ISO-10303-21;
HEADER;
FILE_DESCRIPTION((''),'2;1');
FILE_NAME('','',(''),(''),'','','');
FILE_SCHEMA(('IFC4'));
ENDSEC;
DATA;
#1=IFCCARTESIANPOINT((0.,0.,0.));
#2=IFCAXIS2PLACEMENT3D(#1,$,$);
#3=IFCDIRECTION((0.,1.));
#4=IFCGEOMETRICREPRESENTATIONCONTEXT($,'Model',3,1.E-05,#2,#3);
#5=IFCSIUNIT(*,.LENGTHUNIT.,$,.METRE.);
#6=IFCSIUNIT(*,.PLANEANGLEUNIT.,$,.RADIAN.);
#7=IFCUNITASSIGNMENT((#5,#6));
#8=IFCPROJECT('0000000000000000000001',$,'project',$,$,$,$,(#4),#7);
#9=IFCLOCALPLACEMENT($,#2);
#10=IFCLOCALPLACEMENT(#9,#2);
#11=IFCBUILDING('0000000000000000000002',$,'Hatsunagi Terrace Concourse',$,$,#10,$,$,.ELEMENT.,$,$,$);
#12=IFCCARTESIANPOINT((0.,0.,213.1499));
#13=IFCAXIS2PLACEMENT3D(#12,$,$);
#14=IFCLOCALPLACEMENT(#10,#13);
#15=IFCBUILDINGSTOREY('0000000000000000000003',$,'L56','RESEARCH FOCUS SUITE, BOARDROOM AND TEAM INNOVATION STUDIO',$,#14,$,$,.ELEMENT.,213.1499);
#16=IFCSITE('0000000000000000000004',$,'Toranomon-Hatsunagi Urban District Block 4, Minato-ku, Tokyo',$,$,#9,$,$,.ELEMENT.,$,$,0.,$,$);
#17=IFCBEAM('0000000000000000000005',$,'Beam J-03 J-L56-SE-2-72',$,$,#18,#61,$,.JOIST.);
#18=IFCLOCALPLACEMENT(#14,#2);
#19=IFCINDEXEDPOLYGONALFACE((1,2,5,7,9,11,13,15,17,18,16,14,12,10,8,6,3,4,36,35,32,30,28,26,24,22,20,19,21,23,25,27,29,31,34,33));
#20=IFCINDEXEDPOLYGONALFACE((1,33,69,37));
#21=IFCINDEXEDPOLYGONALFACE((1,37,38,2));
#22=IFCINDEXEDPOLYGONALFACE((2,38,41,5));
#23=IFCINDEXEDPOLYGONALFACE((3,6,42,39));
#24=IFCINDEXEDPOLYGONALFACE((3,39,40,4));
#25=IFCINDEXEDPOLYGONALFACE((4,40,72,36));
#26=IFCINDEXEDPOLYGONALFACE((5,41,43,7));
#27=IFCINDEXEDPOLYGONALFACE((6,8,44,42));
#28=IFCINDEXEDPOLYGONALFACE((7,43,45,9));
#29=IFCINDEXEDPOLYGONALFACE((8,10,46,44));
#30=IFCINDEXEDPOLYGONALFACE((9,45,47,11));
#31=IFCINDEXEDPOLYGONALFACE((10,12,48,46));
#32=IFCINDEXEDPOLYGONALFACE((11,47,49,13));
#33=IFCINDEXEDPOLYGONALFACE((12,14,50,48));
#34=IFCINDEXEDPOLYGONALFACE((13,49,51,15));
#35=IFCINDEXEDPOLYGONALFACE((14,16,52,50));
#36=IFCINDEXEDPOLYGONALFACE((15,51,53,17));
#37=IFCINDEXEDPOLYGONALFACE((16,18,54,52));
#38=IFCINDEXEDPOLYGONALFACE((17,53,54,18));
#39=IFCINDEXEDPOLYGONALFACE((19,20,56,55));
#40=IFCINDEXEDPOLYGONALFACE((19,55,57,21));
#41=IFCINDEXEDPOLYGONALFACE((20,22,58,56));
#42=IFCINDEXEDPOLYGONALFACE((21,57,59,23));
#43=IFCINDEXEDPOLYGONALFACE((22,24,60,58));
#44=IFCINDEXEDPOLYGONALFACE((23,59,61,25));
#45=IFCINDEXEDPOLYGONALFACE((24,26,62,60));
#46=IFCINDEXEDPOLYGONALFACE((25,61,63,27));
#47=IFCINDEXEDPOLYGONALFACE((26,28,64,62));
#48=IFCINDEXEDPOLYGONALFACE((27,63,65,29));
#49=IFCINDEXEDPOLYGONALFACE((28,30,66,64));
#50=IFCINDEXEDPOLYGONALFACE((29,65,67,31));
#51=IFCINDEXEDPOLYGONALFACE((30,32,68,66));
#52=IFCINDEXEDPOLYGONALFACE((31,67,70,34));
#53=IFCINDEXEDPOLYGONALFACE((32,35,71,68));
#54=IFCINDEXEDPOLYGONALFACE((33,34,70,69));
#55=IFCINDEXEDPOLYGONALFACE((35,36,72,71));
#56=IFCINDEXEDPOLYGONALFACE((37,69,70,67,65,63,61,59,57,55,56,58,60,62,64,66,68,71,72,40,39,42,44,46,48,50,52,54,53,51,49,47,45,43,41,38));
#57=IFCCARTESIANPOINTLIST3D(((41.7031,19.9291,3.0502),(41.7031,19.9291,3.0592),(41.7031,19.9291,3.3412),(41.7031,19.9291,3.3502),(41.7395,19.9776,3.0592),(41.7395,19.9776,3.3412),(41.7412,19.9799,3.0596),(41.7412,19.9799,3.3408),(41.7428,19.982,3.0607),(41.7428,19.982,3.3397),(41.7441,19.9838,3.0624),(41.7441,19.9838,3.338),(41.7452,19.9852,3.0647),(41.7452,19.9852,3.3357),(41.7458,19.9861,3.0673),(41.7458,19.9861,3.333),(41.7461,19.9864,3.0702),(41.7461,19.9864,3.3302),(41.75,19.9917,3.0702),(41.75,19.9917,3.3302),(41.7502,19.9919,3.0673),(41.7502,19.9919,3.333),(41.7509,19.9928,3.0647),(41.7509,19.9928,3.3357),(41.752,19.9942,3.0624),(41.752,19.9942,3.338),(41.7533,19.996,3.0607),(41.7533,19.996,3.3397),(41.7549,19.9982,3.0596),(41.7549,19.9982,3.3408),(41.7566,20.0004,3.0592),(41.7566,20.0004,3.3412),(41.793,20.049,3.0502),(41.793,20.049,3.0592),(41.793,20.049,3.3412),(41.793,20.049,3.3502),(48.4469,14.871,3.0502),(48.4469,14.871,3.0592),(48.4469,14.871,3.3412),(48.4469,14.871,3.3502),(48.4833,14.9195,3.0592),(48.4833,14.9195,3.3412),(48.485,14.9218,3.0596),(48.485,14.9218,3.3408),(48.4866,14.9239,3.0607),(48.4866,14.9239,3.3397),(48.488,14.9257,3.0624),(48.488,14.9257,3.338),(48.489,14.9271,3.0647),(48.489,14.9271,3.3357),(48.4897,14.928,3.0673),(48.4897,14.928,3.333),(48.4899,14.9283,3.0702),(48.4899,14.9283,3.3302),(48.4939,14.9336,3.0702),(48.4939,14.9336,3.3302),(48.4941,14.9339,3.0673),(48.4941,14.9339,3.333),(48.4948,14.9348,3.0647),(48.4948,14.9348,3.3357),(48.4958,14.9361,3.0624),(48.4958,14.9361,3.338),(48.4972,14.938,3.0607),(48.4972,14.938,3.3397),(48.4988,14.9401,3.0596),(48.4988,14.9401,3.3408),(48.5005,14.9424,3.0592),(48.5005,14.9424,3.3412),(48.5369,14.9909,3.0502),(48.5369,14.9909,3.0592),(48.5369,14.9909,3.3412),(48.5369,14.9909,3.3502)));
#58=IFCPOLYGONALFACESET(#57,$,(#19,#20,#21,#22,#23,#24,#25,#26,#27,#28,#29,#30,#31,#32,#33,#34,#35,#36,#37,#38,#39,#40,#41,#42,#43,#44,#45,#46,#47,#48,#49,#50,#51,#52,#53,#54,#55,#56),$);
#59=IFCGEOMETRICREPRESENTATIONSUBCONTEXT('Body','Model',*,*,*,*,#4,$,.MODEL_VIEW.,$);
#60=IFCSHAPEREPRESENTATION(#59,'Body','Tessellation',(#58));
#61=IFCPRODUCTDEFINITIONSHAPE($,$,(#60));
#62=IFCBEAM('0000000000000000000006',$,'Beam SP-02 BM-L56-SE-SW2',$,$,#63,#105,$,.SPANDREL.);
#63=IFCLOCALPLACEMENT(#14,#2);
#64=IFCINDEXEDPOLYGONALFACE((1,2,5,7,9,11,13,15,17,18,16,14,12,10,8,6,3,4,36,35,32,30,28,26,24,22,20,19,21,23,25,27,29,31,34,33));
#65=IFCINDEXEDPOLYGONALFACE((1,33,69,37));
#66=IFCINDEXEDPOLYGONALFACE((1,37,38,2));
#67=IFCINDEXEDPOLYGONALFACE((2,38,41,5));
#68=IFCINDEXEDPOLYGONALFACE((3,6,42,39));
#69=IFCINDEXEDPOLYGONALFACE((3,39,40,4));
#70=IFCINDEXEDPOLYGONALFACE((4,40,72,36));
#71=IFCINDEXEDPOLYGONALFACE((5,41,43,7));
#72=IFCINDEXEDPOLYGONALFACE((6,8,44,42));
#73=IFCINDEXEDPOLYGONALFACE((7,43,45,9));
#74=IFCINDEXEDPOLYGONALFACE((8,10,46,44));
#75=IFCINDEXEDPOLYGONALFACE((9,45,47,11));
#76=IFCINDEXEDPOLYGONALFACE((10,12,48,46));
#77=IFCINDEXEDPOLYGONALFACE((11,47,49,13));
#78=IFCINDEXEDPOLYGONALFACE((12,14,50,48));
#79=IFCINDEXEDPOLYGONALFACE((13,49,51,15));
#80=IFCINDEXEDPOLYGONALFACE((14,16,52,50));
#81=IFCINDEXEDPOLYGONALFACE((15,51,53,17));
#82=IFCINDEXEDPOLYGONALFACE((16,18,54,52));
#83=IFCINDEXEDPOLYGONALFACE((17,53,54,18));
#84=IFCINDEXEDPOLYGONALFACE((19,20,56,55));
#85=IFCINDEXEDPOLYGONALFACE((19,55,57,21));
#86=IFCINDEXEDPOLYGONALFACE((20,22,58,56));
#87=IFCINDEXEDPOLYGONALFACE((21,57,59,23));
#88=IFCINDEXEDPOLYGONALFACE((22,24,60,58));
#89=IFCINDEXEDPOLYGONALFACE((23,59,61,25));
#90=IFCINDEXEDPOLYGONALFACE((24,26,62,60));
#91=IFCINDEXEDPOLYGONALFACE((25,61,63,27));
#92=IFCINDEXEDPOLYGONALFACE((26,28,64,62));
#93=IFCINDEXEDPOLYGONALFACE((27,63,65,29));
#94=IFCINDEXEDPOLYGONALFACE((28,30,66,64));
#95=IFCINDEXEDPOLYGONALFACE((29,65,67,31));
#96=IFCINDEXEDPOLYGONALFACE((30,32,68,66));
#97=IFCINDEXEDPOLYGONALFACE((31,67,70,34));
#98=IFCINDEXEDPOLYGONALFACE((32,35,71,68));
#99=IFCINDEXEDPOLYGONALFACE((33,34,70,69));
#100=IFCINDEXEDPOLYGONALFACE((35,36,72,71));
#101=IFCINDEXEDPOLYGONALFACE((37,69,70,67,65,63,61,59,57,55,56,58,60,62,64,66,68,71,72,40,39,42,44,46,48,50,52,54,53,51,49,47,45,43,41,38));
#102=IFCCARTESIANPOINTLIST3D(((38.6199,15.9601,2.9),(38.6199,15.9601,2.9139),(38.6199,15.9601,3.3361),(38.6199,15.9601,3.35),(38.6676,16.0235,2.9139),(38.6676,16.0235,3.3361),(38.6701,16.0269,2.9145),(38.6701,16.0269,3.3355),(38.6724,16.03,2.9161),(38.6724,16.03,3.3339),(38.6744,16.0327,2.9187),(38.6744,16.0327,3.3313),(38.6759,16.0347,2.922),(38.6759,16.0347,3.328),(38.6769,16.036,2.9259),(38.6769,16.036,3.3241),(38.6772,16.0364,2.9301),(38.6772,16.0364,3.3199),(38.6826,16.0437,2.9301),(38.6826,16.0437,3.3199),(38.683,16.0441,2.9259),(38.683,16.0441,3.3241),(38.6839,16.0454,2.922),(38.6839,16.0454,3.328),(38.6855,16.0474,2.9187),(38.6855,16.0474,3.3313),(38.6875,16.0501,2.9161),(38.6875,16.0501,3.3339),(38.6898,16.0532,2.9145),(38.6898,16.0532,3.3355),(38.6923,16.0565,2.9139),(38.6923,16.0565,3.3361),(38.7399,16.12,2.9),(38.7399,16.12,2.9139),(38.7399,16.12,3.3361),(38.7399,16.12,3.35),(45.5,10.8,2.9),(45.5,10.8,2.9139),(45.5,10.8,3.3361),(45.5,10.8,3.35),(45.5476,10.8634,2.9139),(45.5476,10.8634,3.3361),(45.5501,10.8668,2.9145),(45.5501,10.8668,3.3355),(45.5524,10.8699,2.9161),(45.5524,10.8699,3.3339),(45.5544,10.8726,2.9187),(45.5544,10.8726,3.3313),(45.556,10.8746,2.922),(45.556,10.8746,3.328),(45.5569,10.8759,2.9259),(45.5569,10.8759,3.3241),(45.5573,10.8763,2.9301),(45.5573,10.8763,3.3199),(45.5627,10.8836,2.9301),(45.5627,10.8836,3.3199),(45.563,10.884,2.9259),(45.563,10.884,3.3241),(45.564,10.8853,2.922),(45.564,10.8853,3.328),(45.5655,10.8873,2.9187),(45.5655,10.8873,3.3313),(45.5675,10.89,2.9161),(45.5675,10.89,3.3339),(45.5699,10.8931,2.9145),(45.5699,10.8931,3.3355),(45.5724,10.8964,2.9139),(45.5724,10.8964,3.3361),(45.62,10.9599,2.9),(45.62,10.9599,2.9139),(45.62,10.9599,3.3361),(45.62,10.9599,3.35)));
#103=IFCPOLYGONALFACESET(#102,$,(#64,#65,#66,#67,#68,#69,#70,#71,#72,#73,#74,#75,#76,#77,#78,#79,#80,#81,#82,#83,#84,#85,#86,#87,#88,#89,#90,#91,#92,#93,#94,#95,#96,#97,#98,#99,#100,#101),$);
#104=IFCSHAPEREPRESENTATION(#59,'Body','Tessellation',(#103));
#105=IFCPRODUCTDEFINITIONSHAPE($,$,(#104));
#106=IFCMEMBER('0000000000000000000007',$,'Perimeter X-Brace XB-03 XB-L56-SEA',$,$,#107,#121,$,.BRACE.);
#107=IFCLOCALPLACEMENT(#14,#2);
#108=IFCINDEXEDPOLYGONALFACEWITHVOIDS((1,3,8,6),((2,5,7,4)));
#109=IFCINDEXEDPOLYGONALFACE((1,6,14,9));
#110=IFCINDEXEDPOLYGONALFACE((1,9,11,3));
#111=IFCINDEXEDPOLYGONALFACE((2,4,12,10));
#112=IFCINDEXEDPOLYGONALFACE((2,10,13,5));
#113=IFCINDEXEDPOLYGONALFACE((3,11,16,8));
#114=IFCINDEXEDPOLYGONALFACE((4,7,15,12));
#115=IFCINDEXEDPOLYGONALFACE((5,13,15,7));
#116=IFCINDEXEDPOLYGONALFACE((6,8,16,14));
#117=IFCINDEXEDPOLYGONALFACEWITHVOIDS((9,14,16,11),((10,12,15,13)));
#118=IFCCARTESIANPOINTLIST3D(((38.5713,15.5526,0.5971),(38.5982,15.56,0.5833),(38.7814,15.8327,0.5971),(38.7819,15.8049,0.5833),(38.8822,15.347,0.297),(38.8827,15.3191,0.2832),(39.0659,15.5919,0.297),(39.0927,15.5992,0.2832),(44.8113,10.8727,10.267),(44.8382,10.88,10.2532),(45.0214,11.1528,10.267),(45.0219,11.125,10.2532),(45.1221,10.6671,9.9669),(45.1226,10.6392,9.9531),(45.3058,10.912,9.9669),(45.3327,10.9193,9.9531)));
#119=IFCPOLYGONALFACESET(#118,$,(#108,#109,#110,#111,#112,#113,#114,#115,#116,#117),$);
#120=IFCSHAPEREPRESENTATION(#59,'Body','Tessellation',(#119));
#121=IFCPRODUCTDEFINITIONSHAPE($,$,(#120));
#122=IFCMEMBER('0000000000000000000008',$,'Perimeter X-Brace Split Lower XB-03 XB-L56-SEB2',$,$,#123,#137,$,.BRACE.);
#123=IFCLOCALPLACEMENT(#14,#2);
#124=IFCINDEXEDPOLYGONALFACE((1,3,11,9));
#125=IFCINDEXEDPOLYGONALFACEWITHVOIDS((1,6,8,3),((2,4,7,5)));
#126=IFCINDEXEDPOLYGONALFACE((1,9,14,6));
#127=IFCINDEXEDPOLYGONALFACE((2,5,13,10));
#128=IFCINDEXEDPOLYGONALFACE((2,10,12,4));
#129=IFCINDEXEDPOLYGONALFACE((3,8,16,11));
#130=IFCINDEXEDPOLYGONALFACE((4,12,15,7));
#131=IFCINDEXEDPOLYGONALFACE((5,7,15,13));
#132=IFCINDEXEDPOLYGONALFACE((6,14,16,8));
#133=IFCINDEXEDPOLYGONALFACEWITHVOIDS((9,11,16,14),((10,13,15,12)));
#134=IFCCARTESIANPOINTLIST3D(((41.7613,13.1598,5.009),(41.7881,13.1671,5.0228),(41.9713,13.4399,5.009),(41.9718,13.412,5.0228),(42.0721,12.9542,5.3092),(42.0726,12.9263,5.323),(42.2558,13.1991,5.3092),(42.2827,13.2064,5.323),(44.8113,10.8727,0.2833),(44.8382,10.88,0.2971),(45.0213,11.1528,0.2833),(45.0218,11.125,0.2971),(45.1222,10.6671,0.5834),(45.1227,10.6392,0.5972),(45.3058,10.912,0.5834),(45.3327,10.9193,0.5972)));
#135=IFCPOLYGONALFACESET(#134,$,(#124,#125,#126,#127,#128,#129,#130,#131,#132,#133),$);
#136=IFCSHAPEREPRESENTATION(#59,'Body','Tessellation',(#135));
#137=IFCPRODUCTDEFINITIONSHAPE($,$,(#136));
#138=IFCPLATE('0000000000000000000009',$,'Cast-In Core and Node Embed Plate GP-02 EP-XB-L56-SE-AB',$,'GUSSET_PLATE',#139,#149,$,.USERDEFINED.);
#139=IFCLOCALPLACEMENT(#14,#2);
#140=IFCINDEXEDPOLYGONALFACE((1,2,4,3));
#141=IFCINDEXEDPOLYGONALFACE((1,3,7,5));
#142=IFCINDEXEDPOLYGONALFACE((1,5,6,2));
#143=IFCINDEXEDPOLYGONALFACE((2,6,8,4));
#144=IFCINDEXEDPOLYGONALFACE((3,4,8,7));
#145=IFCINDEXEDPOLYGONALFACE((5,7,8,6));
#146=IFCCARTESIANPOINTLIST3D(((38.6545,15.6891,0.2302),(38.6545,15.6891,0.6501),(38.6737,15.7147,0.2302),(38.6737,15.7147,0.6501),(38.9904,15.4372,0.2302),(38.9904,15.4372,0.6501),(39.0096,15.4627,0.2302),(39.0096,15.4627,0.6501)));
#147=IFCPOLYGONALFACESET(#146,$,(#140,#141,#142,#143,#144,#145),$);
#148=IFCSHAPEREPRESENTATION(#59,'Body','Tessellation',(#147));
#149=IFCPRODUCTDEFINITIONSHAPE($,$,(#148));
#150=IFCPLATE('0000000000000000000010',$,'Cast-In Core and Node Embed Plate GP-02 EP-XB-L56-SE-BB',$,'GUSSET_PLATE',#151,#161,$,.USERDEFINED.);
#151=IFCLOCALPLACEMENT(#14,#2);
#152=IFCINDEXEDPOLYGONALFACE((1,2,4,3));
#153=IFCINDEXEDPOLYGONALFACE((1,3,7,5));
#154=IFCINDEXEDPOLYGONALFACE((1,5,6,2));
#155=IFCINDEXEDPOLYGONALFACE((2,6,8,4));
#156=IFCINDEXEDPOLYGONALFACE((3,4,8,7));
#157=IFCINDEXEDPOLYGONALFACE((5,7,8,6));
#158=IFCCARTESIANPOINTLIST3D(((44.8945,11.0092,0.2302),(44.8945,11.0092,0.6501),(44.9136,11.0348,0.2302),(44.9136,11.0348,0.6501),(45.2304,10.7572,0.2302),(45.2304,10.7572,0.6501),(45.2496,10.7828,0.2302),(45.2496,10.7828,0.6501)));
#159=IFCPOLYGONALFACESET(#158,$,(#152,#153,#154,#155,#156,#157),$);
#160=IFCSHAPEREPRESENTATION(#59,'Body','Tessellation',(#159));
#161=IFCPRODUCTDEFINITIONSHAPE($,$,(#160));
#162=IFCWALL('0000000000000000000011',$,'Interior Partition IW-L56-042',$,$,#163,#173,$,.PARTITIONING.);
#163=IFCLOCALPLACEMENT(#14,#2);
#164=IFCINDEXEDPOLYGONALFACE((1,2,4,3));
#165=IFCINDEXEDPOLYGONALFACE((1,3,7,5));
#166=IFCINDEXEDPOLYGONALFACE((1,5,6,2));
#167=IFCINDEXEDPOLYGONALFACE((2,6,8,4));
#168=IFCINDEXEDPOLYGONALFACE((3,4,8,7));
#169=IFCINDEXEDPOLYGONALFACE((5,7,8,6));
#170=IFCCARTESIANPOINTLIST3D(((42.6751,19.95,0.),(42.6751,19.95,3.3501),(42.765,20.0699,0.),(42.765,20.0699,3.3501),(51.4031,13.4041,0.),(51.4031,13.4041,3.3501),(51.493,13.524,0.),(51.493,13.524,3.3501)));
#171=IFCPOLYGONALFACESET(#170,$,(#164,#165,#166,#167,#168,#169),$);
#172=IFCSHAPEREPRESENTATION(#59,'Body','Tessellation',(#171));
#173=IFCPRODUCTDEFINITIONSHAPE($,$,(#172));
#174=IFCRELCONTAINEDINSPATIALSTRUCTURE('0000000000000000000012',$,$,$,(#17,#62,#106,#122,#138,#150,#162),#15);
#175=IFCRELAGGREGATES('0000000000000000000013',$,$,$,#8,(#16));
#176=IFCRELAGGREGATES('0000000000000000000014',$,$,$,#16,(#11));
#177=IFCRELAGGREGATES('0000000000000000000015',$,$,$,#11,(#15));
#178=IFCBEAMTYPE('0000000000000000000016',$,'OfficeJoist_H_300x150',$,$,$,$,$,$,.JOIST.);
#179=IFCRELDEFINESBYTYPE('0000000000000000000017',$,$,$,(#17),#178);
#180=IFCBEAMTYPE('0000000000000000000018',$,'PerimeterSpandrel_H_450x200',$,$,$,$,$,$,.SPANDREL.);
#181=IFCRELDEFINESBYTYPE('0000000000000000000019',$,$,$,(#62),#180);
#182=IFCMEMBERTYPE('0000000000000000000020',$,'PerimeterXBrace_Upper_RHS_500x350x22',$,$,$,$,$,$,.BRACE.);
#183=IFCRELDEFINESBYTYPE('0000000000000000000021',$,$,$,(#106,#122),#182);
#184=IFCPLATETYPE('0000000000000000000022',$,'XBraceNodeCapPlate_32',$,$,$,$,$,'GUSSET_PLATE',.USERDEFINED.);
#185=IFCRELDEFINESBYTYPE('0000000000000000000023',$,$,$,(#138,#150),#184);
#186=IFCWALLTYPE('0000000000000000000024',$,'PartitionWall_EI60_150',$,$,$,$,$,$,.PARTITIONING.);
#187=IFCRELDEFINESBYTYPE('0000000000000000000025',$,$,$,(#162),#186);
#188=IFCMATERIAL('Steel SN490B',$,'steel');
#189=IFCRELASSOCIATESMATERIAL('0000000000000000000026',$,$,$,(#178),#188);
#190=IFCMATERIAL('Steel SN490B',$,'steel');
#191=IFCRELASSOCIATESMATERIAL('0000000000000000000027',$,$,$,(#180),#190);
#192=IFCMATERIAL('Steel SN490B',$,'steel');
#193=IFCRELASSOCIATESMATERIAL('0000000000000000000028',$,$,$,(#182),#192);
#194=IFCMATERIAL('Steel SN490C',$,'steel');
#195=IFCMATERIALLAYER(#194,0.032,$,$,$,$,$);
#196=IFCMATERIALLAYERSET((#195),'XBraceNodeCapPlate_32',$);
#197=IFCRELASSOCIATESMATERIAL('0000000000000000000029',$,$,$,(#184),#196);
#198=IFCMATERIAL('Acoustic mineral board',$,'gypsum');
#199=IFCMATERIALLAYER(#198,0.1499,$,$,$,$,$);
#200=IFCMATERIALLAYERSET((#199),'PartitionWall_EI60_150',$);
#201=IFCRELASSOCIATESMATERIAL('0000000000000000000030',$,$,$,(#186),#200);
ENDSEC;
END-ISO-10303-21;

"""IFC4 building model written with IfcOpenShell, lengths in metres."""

from ifc_helpers import new_model, si_unit, direction, frame, frame_2d, origin, origin_2d, place, context, subcontext, project, spatial, rectangle, hollow_rectangle, i_section, extrude, material, layer, layer_set, material_profile, profile_set, type_object, element, save


model = new_model("IFC4")

# Units and contexts
model_context = context("Model", 3, precision=1e-05, world=origin(), true_north=direction((0.0, 1.0)))
body_context = subcontext(model_context, "Body", "Model", "MODEL_VIEW")
ifc_project = project(units=[si_unit("LENGTHUNIT", "METRE"), si_unit("PLANEANGLEUNIT", "RADIAN")], contexts=[model_context])

# Site, building, storey
site_placement = place(None, origin())
site = spatial("IfcSite", under=ifc_project, at=site_placement, Name="Toranomon-Hatsunagi Urban District Block 4, Minato-ku, Tokyo", CompositionType="ELEMENT", RefElevation=0.0)
building_placement = place(site_placement, origin())
building = spatial("IfcBuilding", under=site, at=building_placement, Name="Hatsunagi Terrace Concourse", CompositionType="ELEMENT")
storey_placement = place(building_placement, frame((0.0, 0.0, 213.1499)))
storey = spatial("IfcBuildingStorey", under=building, at=storey_placement, Name="L56", Description="RESEARCH FOCUS SUITE, BOARDROOM AND TEAM INNOVATION STUDIO", CompositionType="ELEMENT", Elevation=213.1499)

# Beams
ifc_material_1 = material(Name="Steel SN490B", Category="steel")
ifc_material_profile_1 = material_profile(ifc_material_1, i_section(OverallWidth=0.1499, OverallDepth=0.3, WebThickness=0.0066, FlangeThickness=0.009, FilletRadius=0.011, at=origin_2d()), Name="H-300x150x6.5x9")
ifc_profile_set_1 = profile_set([ifc_material_profile_1], Name="Steel SN490B")
beam_type_1 = type_object("IfcBeamType", Name="OfficeJoist_H_300x150", PredefinedType="JOIST", material=ifc_profile_set_1)
for number, where, z_axis, x_axis, name in (
    (1, (41.748, 19.989, 3.2002), (0.79999, -0.600014, 0.0), (0.600014, 0.79999, 0.0), "Beam J-03 J-L56-SE-2-72"),
):
    element("IfcBeam", number, at=place(storey_placement, frame(where, z_axis=z_axis, x_axis=x_axis)), inside=storey, type_object=beam_type_1, Name=name, PredefinedType="JOIST", context=body_context, shape_type="SweptSolid", body=[
        extrude(i_section(OverallWidth=0.1499, OverallDepth=0.3, WebThickness=0.0066, FlangeThickness=0.009, FilletRadius=0.011, at=origin_2d()), origin(), (0.0, 0.0, 1.0), 8.4299),
    ])
ifc_material_2 = material(Name="Steel SN490B", Category="steel")
ifc_material_profile_2 = material_profile(ifc_material_2, i_section(OverallWidth=0.2, OverallDepth=0.45, WebThickness=0.009, FlangeThickness=0.0139, FilletRadius=0.0161, at=origin_2d()), Name="H-450x200x9x14")
ifc_profile_set_2 = profile_set([ifc_material_profile_2], Name="Steel SN490B")
beam_type_2 = type_object("IfcBeamType", Name="PerimeterSpandrel_H_450x200", PredefinedType="SPANDREL", material=ifc_profile_set_2)
beam_1_placement = place(storey_placement, frame((38.6799, 16.04, 3.125), z_axis=(0.799997, -0.600005, 0.0), x_axis=(0.600005, 0.799997, 0.0)))
element("IfcBeam", 2, at=beam_1_placement, inside=storey, type_object=beam_type_2, Name="Beam SP-02 BM-L56-SE-SW2", PredefinedType="SPANDREL", context=body_context, shape_type="SweptSolid", body=[
    extrude(i_section(OverallWidth=0.2, OverallDepth=0.45, WebThickness=0.009, FlangeThickness=0.0139, FilletRadius=0.0161, at=origin_2d()), origin(), (0.0, 0.0, 1.0), 8.6001),
])

# Members
ifc_material_3 = material(Name="Steel SN490B", Category="steel")
ifc_material_profile_3 = material_profile(ifc_material_3, hollow_rectangle(XDim=0.3501, YDim=0.5, WallThickness=0.022, at=origin_2d()), Name="RHS-500x350x22")
ifc_profile_set_3 = profile_set([ifc_material_profile_3], Name="Steel SN490B")
member_type = type_object("IfcMemberType", Name="PerimeterXBrace_Upper_RHS_500x350x22", PredefinedType="BRACE", material=ifc_profile_set_3)
member_1_placement = place(storey_placement, frame((38.832, 15.5759, 0.4402), z_axis=(0.502268, -0.376696, 0.778349), x_axis=(0.599995, 0.800004, 0.0)))
element("IfcMember", 3, at=member_1_placement, inside=storey, type_object=member_type, Name="Perimeter X-Brace XB-03 XB-L56-SEA", PredefinedType="BRACE", context=body_context, shape_type="SweptSolid", body=[
    extrude(hollow_rectangle(XDim=0.3501, YDim=0.5, WallThickness=0.022, at=origin_2d()), origin(), (0.0, 0.0, 1.0), 12.4236),
])
member_2_placement = place(storey_placement, frame((42.022, 13.1831, 5.166), z_axis=(0.502328, -0.376675, -0.77832), x_axis=(0.599928, 0.800054, 0.0)))
element("IfcMember", 4, at=member_2_placement, inside=storey, type_object=member_type, Name="Perimeter X-Brace Split Lower XB-03 XB-L56-SEB2", PredefinedType="BRACE", context=body_context, shape_type="SweptSolid", body=[
    extrude(hollow_rectangle(XDim=0.3501, YDim=0.5, WallThickness=0.022, at=origin_2d()), origin(), (0.0, 0.0, 1.0), 6.0718),
])

# Plates
ifc_material_4 = material(Name="Steel SN490C", Category="steel")
ifc_layer_1 = layer(ifc_material_4, 0.032)
ifc_layer_set_1 = layer_set([ifc_layer_1], Name="XBraceNodeCapPlate_32")
plate_type = type_object("IfcPlateType", Name="XBraceNodeCapPlate_32", ElementType="GUSSET_PLATE", PredefinedType="USERDEFINED", material=ifc_layer_set_1)
for number, where, z_axis, x_axis, name in (
    (5, (38.832, 15.5759, 0.2302), (0.0, 0.0, 1.0), (0.8, -0.6, 0.0), "Cast-In Core and Node Embed Plate GP-02 EP-XB-L56-SE-AB"),
    (6, (45.072, 10.896, 0.2302), (0.0, 0.0, 1.0), (0.8, -0.6, 0.0), "Cast-In Core and Node Embed Plate GP-02 EP-XB-L56-SE-BB"),
):
    element("IfcPlate", number, at=place(storey_placement, frame(where, z_axis=z_axis, x_axis=x_axis)), inside=storey, type_object=plate_type, Name=name, ObjectType="GUSSET_PLATE", PredefinedType="USERDEFINED", context=body_context, shape_type="SweptSolid", body=[
        extrude(rectangle(XDim=0.4199, YDim=0.032, at=origin_2d()), origin(), (0.0, 0.0, 1.0), 0.4199),
    ])

# Wall
ifc_material_5 = material(Name="Acoustic mineral board", Category="gypsum")
ifc_layer_2 = layer(ifc_material_5, 0.1499)
ifc_layer_set_2 = layer_set([ifc_layer_2], Name="PartitionWall_EI60_150")
wall_type_1 = type_object("IfcWallType", Name="PartitionWall_EI60_150", PredefinedType="PARTITIONING", material=ifc_layer_set_2)
wall_1_placement = place(storey_placement, frame((42.72, 20.01, 0.0), z_axis=(0.0, 0.0, 1.0), x_axis=(0.800005, -0.599993, 0.0)))
element("IfcWall", 7, at=wall_1_placement, inside=storey, type_object=wall_type_1, Name="Interior Partition IW-L56-042", PredefinedType="PARTITIONING", context=body_context, shape_type="SweptSolid", body=[
    extrude(rectangle(XDim=10.9099, YDim=0.1499, at=frame_2d((5.4551, 0.0))), origin(), (0.0, 0.0, 1.0), 3.3501),
])

save(model, "model.ifc")
